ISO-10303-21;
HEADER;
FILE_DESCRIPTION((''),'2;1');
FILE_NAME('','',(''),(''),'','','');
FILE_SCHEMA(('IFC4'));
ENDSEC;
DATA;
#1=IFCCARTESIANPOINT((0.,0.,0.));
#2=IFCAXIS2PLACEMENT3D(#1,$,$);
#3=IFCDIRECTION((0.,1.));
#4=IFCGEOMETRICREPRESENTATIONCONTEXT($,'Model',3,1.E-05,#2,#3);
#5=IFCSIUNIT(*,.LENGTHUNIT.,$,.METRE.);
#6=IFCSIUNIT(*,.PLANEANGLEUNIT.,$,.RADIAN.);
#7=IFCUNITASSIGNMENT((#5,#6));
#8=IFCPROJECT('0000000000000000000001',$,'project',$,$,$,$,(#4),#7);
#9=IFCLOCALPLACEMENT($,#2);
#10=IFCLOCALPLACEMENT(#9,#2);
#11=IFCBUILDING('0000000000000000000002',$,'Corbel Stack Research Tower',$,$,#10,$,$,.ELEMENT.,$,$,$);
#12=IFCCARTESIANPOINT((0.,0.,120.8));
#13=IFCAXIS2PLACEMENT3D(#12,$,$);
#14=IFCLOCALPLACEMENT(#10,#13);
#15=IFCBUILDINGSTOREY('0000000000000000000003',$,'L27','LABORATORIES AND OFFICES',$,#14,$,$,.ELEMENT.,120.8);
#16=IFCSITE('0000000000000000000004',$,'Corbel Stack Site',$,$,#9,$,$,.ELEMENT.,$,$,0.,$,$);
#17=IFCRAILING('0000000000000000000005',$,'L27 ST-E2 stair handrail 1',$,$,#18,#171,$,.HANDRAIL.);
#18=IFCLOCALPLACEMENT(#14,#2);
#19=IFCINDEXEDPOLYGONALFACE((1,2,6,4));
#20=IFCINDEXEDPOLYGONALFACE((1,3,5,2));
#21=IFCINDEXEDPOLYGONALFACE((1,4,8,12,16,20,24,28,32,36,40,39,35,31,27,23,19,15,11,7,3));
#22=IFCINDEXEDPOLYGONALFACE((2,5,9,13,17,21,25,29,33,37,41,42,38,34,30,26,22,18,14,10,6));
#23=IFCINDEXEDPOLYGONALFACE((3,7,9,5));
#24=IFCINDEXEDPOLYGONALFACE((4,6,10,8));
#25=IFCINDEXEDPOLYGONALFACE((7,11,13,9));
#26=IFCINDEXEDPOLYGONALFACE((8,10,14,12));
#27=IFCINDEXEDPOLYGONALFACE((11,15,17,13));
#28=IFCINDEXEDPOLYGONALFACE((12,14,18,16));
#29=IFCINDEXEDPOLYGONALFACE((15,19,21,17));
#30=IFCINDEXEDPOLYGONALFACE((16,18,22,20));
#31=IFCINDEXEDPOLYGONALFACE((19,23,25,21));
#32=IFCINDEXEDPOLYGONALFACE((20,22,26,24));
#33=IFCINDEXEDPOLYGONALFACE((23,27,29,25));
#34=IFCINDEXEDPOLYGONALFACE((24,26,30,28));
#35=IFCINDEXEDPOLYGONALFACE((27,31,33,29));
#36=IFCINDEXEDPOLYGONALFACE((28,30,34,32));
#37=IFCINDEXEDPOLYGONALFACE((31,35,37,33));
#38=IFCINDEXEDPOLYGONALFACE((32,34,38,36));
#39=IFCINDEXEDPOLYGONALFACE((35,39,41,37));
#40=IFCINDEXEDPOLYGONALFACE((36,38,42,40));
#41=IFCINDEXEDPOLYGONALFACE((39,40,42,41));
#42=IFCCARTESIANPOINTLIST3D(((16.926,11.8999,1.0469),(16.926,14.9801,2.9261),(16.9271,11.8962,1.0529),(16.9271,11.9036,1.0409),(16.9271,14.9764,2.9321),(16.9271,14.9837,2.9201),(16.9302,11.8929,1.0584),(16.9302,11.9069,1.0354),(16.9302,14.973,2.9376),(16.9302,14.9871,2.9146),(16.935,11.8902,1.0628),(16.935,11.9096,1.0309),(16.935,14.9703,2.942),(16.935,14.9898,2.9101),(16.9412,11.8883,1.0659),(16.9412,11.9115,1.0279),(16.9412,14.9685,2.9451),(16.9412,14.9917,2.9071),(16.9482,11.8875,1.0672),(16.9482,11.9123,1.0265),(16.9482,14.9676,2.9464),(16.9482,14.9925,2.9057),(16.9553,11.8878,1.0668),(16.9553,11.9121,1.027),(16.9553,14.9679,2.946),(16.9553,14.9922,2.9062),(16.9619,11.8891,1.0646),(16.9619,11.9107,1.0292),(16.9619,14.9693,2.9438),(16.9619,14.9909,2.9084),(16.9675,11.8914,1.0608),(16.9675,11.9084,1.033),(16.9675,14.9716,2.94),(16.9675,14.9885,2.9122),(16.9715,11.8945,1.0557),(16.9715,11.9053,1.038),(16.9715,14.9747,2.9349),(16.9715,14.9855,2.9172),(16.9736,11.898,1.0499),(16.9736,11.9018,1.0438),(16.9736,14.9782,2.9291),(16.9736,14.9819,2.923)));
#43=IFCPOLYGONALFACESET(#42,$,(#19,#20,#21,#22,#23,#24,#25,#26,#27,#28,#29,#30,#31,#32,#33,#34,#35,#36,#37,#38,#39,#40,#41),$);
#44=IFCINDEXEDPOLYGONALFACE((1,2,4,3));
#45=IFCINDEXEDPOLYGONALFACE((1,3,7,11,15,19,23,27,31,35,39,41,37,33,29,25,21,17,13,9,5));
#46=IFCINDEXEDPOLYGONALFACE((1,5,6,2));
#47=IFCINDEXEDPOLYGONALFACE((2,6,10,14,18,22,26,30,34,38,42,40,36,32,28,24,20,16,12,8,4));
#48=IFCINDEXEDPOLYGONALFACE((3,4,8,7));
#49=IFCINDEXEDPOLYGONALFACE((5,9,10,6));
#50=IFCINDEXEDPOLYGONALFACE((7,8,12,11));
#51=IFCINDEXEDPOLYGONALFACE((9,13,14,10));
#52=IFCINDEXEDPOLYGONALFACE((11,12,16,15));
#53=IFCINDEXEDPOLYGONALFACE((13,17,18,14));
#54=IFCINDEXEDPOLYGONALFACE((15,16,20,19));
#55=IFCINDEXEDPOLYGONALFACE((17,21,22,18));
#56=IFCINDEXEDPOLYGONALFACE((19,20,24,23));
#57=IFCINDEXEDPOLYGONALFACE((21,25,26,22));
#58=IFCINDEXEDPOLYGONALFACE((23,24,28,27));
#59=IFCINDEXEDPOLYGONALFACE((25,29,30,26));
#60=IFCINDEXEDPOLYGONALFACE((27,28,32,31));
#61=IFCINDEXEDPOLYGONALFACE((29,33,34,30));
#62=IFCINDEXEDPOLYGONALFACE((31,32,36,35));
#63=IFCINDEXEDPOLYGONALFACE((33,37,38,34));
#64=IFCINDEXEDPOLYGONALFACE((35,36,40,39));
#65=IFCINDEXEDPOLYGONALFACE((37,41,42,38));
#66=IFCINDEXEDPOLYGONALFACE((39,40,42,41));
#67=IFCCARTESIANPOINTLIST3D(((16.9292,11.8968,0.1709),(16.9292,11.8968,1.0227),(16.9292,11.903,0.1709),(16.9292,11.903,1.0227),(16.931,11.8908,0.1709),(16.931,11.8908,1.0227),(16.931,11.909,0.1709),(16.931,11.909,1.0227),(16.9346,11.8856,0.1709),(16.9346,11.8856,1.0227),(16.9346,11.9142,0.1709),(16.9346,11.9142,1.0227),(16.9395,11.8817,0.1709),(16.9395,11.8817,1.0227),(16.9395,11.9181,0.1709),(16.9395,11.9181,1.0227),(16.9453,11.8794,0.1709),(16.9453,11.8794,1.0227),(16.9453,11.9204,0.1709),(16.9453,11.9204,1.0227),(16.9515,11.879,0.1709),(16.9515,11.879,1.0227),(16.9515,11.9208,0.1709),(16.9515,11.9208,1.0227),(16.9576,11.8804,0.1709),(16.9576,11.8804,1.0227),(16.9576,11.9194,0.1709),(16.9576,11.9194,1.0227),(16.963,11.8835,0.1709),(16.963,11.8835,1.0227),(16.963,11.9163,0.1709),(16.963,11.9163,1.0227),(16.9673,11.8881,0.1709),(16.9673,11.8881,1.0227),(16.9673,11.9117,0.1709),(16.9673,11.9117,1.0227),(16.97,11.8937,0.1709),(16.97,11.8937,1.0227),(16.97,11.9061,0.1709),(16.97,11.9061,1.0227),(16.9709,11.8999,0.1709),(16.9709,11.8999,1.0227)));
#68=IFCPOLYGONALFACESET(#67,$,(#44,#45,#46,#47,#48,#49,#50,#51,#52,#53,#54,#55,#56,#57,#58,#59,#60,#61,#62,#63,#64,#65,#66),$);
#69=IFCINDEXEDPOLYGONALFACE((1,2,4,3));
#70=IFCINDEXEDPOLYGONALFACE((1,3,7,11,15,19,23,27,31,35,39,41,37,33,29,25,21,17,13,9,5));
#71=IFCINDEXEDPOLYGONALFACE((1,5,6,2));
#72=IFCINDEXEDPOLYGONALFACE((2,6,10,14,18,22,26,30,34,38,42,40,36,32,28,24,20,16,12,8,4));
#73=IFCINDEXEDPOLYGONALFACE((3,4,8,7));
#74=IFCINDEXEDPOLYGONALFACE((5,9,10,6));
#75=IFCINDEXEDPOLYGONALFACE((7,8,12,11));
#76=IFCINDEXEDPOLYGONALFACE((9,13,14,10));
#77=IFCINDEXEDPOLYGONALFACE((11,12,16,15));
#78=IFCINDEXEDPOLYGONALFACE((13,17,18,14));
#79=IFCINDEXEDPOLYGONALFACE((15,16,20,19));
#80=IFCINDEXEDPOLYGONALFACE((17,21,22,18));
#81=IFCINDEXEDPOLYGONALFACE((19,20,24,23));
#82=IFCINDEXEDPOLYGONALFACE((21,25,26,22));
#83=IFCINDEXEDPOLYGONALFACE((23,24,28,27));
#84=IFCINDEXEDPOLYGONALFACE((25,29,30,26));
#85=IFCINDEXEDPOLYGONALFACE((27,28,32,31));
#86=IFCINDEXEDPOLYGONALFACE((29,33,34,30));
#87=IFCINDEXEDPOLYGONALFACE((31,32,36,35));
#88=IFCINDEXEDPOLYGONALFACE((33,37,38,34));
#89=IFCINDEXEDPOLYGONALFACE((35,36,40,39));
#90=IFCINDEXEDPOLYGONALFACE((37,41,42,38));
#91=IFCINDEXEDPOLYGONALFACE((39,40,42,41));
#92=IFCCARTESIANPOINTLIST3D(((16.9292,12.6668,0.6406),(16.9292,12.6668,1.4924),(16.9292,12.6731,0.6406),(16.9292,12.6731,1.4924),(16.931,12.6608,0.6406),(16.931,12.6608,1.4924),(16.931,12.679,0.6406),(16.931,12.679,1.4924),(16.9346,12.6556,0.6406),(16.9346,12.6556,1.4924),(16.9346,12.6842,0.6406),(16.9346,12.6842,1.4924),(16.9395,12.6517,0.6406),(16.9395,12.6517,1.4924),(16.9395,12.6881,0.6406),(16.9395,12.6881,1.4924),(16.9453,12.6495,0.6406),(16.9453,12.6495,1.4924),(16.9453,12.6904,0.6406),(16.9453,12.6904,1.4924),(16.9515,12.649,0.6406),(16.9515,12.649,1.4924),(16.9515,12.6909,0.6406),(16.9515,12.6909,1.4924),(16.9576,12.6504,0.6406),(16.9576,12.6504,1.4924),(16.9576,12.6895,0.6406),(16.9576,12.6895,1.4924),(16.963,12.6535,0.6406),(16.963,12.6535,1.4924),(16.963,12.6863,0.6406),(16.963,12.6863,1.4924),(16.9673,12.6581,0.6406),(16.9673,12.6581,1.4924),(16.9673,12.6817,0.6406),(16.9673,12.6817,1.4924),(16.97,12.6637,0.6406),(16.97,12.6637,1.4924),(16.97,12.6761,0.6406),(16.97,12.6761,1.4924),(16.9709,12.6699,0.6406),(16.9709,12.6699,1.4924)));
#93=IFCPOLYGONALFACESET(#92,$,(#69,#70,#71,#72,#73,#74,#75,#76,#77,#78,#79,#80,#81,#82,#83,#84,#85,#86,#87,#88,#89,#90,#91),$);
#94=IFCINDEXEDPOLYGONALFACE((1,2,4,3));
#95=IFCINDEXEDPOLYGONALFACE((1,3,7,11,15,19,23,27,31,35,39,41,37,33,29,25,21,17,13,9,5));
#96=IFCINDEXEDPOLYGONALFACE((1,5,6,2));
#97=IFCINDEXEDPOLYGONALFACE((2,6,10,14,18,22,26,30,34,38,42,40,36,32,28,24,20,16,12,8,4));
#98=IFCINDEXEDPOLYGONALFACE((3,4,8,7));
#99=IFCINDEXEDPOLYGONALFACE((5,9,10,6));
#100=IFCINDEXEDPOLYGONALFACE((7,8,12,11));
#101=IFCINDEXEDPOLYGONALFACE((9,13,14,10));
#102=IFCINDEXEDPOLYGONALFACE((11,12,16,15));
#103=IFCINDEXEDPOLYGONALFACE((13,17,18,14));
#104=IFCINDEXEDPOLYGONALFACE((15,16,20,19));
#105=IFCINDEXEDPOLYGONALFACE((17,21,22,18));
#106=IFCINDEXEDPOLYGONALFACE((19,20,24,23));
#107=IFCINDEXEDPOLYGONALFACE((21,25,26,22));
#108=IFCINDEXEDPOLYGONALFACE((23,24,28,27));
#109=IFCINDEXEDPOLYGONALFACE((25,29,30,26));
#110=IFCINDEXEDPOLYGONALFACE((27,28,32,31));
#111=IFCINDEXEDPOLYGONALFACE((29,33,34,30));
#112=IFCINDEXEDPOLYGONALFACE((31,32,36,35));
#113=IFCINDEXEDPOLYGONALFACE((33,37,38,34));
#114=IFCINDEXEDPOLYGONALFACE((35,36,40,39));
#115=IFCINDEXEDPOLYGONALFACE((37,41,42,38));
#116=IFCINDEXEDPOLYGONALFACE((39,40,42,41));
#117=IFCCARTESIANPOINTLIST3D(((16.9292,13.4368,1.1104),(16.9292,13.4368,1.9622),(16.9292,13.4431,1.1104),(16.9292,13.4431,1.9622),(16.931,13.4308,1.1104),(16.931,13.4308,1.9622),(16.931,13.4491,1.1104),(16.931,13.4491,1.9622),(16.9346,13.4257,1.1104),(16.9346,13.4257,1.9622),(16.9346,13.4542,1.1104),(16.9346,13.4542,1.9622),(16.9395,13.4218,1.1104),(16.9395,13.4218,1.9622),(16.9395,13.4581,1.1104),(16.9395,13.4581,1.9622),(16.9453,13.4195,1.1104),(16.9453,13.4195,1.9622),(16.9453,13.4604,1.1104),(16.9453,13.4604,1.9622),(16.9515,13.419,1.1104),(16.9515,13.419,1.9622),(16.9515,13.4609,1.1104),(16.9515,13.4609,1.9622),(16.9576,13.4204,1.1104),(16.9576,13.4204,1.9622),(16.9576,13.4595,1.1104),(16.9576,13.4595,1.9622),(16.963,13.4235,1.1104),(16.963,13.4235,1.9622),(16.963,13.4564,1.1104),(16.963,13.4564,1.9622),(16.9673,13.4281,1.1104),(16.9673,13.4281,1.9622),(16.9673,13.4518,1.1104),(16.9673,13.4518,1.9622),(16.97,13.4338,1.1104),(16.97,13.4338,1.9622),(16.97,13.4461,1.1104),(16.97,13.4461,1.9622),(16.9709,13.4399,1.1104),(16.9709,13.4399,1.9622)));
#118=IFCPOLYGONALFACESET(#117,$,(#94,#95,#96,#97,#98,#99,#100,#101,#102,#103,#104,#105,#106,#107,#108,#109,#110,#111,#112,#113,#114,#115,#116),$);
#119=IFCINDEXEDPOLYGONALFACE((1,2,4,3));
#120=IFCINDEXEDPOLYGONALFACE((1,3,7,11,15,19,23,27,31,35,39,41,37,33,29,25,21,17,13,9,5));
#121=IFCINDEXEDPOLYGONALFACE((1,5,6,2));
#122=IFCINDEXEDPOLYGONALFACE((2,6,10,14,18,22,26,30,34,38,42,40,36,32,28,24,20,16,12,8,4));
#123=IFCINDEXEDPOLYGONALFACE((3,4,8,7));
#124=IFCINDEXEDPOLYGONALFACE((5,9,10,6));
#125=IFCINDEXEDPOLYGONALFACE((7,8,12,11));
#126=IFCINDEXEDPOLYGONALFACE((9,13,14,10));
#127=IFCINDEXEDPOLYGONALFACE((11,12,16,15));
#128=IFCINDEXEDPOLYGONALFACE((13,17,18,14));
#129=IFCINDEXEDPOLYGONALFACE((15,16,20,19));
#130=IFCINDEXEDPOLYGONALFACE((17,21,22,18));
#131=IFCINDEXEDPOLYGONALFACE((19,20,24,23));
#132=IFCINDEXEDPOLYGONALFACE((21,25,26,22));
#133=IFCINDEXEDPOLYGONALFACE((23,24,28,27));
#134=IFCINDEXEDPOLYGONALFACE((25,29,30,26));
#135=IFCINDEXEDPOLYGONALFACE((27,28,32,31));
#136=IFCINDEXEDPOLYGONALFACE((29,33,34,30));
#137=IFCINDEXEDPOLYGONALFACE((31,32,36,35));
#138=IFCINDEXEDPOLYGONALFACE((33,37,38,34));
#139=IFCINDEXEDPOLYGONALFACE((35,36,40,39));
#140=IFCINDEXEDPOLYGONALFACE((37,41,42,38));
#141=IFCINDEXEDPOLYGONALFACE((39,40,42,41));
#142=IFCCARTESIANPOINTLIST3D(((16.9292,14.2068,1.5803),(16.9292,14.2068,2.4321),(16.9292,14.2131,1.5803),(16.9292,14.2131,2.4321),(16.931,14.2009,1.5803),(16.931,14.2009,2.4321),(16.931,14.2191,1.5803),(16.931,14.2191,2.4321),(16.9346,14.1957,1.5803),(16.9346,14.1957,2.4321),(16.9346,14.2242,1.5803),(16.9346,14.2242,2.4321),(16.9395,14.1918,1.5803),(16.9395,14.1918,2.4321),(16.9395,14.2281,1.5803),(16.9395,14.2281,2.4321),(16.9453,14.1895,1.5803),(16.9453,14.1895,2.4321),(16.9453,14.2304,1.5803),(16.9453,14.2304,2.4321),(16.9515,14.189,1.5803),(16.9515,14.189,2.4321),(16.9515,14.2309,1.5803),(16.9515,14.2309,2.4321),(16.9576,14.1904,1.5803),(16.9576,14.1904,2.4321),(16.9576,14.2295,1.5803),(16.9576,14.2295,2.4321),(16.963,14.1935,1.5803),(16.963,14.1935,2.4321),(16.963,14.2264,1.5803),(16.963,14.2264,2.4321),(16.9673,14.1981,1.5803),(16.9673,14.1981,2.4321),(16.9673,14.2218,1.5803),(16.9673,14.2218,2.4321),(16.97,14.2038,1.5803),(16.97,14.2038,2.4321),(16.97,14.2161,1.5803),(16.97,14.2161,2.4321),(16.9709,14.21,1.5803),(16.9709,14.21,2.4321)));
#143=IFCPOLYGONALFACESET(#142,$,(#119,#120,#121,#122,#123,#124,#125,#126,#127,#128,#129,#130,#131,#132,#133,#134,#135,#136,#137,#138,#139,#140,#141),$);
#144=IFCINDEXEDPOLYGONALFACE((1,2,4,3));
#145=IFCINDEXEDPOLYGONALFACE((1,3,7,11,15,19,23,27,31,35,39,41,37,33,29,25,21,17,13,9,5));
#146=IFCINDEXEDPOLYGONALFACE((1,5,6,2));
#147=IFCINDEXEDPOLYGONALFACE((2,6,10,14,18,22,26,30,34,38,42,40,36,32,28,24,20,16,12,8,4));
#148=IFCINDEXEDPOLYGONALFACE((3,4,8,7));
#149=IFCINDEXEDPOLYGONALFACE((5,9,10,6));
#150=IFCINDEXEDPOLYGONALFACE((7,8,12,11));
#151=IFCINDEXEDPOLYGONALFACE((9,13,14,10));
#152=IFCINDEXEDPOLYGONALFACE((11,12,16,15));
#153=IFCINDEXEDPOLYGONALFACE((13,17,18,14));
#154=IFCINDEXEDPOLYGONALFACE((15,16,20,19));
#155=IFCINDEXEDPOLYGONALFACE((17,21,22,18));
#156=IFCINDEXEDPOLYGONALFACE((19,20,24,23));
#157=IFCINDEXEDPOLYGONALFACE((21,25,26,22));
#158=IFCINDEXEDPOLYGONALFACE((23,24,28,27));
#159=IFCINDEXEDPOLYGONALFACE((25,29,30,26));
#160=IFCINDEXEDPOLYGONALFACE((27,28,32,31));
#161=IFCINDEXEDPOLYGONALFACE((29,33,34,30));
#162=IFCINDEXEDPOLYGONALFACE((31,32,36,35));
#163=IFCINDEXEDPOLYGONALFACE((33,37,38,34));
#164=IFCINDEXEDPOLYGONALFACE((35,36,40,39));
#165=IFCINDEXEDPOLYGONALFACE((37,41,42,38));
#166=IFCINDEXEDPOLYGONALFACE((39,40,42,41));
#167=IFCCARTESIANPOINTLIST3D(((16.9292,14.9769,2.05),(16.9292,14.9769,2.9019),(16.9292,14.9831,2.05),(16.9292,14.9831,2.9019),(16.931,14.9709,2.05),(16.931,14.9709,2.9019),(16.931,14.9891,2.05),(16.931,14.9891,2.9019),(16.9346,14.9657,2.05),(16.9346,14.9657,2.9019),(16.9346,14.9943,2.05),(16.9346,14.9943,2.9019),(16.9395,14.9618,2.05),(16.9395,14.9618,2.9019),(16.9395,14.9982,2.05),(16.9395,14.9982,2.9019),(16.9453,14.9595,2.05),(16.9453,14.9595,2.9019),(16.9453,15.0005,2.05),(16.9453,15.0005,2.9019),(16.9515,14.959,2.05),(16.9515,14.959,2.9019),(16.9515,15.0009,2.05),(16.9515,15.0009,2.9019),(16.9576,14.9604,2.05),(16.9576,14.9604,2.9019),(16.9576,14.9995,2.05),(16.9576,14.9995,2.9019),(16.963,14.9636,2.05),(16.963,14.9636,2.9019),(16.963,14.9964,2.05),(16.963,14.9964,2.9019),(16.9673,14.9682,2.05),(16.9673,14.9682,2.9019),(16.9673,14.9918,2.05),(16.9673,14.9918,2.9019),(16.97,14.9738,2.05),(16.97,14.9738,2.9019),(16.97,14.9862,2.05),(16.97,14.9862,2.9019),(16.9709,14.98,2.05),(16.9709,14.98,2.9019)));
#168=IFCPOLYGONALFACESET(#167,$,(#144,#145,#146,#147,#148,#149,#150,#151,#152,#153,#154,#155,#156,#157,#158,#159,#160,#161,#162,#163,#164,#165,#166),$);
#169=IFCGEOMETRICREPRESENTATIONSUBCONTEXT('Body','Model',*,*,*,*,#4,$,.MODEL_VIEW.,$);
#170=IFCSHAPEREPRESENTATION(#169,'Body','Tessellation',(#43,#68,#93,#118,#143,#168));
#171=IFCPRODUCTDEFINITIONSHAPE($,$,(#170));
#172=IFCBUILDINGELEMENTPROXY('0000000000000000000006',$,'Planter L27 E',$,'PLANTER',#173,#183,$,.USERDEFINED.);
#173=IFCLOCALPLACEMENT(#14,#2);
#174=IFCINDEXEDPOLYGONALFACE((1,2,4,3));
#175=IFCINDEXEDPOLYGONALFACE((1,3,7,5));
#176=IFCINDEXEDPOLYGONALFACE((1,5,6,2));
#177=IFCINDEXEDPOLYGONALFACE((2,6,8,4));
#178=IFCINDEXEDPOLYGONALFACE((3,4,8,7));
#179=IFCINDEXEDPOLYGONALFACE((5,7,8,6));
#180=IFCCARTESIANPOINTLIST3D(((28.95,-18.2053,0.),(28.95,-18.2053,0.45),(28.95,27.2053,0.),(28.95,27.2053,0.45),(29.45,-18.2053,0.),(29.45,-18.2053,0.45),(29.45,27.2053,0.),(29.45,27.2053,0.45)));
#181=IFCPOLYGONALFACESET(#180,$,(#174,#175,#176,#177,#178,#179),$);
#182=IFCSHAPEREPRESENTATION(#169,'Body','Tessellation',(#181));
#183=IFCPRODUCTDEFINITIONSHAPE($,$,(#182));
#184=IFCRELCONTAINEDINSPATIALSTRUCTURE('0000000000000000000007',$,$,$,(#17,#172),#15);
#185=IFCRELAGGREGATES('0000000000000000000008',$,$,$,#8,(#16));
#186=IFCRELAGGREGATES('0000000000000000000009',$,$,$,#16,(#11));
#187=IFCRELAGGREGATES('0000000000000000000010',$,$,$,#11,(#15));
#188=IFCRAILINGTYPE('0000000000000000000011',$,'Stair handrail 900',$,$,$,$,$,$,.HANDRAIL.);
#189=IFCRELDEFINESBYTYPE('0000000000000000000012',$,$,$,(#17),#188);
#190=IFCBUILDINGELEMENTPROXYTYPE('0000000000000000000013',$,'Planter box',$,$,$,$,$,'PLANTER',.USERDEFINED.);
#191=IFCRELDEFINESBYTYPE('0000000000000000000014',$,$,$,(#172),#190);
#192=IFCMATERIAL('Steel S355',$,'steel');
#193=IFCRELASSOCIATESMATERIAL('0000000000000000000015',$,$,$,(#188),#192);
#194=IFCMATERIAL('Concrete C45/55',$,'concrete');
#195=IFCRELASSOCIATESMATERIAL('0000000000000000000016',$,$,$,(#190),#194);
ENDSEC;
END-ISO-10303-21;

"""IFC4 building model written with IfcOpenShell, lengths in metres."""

from ifc_helpers import new_model, si_unit, direction, frame, origin, origin_2d, place, context, subcontext, project, spatial, rectangle, circle, extrude, material, type_object, element, save


model = new_model("IFC4")

# Units and contexts
model_context = context("Model", 3, precision=1e-05, world=origin(), true_north=direction((0.0, 1.0)))
body_context = subcontext(model_context, "Body", "Model", "MODEL_VIEW")
ifc_project = project(units=[si_unit("LENGTHUNIT", "METRE"), si_unit("PLANEANGLEUNIT", "RADIAN")], contexts=[model_context])

# Site, building, storey
site_placement = place(None, origin())
site = spatial("IfcSite", under=ifc_project, at=site_placement, Name="Corbel Stack Site", CompositionType="ELEMENT", RefElevation=0.0)
building_placement = place(site_placement, origin())
building = spatial("IfcBuilding", under=site, at=building_placement, Name="Corbel Stack Research Tower", CompositionType="ELEMENT")
storey_placement = place(building_placement, frame((0.0, 0.0, 120.8)))
storey = spatial("IfcBuildingStorey", under=building, at=storey_placement, Name="L27", Description="LABORATORIES AND OFFICES", CompositionType="ELEMENT", Elevation=120.8)

# Railing
ifc_material_1 = material(Name="Steel S355", Category="steel")
railing_type_1 = type_object("IfcRailingType", Name="Stair handrail 900", PredefinedType="HANDRAIL", material=ifc_material_1)
railing_1_placement = place(storey_placement, frame((16.95, 11.8999, 0.1709)))
element("IfcRailing", 1, at=railing_1_placement, inside=storey, type_object=railing_type_1, Name="L27 ST-E2 stair handrail 1", PredefinedType="HANDRAIL", context=body_context, shape_type="SweptSolid", body=[
    extrude(circle(Radius=0.0239, at=origin_2d()), frame((0.0, 0.0, 0.876), z_axis=(0.0, 0.853666, 0.52082), x_axis=(-1.0, 0.0, 0.0)), (0.0, 0.0, 1.0), 3.6082),
    extrude(circle(Radius=0.021, at=origin_2d()), origin(), (0.0, 0.0, 1.0), 0.8518),
    extrude(circle(Radius=0.021, at=origin_2d()), frame((0.0, 0.77, 0.4697)), (0.0, 0.0, 1.0), 0.8518),
    extrude(circle(Radius=0.021, at=origin_2d()), frame((0.0, 1.54, 0.9395)), (0.0, 0.0, 1.0), 0.8518),
    extrude(circle(Radius=0.021, at=origin_2d()), frame((0.0, 2.3101, 1.4094)), (0.0, 0.0, 1.0), 0.8518),
    extrude(circle(Radius=0.021, at=origin_2d()), frame((0.0, 3.0801, 1.8792)), (0.0, 0.0, 1.0), 0.8518),
])

# Building element proxy
ifc_material_2 = material(Name="Concrete C45/55", Category="concrete")
building_element_proxy_type = type_object("IfcBuildingElementProxyType", Name="Planter box", ElementType="PLANTER", PredefinedType="USERDEFINED", material=ifc_material_2)
proxy_placement = place(storey_placement, frame((29.2, 4.5, 0.0), z_axis=(0.0, 0.0, 1.0), x_axis=(0.0, 1.0, 0.0)))
element("IfcBuildingElementProxy", 2, at=proxy_placement, inside=storey, type_object=building_element_proxy_type, Name="Planter L27 E", ObjectType="PLANTER", PredefinedType="USERDEFINED", context=body_context, shape_type="SweptSolid", body=[
    extrude(rectangle(XDim=45.4106, YDim=0.5, at=origin_2d()), origin(), (0.0, 0.0, 1.0), 0.45),
])

save(model, "model.ifc")
